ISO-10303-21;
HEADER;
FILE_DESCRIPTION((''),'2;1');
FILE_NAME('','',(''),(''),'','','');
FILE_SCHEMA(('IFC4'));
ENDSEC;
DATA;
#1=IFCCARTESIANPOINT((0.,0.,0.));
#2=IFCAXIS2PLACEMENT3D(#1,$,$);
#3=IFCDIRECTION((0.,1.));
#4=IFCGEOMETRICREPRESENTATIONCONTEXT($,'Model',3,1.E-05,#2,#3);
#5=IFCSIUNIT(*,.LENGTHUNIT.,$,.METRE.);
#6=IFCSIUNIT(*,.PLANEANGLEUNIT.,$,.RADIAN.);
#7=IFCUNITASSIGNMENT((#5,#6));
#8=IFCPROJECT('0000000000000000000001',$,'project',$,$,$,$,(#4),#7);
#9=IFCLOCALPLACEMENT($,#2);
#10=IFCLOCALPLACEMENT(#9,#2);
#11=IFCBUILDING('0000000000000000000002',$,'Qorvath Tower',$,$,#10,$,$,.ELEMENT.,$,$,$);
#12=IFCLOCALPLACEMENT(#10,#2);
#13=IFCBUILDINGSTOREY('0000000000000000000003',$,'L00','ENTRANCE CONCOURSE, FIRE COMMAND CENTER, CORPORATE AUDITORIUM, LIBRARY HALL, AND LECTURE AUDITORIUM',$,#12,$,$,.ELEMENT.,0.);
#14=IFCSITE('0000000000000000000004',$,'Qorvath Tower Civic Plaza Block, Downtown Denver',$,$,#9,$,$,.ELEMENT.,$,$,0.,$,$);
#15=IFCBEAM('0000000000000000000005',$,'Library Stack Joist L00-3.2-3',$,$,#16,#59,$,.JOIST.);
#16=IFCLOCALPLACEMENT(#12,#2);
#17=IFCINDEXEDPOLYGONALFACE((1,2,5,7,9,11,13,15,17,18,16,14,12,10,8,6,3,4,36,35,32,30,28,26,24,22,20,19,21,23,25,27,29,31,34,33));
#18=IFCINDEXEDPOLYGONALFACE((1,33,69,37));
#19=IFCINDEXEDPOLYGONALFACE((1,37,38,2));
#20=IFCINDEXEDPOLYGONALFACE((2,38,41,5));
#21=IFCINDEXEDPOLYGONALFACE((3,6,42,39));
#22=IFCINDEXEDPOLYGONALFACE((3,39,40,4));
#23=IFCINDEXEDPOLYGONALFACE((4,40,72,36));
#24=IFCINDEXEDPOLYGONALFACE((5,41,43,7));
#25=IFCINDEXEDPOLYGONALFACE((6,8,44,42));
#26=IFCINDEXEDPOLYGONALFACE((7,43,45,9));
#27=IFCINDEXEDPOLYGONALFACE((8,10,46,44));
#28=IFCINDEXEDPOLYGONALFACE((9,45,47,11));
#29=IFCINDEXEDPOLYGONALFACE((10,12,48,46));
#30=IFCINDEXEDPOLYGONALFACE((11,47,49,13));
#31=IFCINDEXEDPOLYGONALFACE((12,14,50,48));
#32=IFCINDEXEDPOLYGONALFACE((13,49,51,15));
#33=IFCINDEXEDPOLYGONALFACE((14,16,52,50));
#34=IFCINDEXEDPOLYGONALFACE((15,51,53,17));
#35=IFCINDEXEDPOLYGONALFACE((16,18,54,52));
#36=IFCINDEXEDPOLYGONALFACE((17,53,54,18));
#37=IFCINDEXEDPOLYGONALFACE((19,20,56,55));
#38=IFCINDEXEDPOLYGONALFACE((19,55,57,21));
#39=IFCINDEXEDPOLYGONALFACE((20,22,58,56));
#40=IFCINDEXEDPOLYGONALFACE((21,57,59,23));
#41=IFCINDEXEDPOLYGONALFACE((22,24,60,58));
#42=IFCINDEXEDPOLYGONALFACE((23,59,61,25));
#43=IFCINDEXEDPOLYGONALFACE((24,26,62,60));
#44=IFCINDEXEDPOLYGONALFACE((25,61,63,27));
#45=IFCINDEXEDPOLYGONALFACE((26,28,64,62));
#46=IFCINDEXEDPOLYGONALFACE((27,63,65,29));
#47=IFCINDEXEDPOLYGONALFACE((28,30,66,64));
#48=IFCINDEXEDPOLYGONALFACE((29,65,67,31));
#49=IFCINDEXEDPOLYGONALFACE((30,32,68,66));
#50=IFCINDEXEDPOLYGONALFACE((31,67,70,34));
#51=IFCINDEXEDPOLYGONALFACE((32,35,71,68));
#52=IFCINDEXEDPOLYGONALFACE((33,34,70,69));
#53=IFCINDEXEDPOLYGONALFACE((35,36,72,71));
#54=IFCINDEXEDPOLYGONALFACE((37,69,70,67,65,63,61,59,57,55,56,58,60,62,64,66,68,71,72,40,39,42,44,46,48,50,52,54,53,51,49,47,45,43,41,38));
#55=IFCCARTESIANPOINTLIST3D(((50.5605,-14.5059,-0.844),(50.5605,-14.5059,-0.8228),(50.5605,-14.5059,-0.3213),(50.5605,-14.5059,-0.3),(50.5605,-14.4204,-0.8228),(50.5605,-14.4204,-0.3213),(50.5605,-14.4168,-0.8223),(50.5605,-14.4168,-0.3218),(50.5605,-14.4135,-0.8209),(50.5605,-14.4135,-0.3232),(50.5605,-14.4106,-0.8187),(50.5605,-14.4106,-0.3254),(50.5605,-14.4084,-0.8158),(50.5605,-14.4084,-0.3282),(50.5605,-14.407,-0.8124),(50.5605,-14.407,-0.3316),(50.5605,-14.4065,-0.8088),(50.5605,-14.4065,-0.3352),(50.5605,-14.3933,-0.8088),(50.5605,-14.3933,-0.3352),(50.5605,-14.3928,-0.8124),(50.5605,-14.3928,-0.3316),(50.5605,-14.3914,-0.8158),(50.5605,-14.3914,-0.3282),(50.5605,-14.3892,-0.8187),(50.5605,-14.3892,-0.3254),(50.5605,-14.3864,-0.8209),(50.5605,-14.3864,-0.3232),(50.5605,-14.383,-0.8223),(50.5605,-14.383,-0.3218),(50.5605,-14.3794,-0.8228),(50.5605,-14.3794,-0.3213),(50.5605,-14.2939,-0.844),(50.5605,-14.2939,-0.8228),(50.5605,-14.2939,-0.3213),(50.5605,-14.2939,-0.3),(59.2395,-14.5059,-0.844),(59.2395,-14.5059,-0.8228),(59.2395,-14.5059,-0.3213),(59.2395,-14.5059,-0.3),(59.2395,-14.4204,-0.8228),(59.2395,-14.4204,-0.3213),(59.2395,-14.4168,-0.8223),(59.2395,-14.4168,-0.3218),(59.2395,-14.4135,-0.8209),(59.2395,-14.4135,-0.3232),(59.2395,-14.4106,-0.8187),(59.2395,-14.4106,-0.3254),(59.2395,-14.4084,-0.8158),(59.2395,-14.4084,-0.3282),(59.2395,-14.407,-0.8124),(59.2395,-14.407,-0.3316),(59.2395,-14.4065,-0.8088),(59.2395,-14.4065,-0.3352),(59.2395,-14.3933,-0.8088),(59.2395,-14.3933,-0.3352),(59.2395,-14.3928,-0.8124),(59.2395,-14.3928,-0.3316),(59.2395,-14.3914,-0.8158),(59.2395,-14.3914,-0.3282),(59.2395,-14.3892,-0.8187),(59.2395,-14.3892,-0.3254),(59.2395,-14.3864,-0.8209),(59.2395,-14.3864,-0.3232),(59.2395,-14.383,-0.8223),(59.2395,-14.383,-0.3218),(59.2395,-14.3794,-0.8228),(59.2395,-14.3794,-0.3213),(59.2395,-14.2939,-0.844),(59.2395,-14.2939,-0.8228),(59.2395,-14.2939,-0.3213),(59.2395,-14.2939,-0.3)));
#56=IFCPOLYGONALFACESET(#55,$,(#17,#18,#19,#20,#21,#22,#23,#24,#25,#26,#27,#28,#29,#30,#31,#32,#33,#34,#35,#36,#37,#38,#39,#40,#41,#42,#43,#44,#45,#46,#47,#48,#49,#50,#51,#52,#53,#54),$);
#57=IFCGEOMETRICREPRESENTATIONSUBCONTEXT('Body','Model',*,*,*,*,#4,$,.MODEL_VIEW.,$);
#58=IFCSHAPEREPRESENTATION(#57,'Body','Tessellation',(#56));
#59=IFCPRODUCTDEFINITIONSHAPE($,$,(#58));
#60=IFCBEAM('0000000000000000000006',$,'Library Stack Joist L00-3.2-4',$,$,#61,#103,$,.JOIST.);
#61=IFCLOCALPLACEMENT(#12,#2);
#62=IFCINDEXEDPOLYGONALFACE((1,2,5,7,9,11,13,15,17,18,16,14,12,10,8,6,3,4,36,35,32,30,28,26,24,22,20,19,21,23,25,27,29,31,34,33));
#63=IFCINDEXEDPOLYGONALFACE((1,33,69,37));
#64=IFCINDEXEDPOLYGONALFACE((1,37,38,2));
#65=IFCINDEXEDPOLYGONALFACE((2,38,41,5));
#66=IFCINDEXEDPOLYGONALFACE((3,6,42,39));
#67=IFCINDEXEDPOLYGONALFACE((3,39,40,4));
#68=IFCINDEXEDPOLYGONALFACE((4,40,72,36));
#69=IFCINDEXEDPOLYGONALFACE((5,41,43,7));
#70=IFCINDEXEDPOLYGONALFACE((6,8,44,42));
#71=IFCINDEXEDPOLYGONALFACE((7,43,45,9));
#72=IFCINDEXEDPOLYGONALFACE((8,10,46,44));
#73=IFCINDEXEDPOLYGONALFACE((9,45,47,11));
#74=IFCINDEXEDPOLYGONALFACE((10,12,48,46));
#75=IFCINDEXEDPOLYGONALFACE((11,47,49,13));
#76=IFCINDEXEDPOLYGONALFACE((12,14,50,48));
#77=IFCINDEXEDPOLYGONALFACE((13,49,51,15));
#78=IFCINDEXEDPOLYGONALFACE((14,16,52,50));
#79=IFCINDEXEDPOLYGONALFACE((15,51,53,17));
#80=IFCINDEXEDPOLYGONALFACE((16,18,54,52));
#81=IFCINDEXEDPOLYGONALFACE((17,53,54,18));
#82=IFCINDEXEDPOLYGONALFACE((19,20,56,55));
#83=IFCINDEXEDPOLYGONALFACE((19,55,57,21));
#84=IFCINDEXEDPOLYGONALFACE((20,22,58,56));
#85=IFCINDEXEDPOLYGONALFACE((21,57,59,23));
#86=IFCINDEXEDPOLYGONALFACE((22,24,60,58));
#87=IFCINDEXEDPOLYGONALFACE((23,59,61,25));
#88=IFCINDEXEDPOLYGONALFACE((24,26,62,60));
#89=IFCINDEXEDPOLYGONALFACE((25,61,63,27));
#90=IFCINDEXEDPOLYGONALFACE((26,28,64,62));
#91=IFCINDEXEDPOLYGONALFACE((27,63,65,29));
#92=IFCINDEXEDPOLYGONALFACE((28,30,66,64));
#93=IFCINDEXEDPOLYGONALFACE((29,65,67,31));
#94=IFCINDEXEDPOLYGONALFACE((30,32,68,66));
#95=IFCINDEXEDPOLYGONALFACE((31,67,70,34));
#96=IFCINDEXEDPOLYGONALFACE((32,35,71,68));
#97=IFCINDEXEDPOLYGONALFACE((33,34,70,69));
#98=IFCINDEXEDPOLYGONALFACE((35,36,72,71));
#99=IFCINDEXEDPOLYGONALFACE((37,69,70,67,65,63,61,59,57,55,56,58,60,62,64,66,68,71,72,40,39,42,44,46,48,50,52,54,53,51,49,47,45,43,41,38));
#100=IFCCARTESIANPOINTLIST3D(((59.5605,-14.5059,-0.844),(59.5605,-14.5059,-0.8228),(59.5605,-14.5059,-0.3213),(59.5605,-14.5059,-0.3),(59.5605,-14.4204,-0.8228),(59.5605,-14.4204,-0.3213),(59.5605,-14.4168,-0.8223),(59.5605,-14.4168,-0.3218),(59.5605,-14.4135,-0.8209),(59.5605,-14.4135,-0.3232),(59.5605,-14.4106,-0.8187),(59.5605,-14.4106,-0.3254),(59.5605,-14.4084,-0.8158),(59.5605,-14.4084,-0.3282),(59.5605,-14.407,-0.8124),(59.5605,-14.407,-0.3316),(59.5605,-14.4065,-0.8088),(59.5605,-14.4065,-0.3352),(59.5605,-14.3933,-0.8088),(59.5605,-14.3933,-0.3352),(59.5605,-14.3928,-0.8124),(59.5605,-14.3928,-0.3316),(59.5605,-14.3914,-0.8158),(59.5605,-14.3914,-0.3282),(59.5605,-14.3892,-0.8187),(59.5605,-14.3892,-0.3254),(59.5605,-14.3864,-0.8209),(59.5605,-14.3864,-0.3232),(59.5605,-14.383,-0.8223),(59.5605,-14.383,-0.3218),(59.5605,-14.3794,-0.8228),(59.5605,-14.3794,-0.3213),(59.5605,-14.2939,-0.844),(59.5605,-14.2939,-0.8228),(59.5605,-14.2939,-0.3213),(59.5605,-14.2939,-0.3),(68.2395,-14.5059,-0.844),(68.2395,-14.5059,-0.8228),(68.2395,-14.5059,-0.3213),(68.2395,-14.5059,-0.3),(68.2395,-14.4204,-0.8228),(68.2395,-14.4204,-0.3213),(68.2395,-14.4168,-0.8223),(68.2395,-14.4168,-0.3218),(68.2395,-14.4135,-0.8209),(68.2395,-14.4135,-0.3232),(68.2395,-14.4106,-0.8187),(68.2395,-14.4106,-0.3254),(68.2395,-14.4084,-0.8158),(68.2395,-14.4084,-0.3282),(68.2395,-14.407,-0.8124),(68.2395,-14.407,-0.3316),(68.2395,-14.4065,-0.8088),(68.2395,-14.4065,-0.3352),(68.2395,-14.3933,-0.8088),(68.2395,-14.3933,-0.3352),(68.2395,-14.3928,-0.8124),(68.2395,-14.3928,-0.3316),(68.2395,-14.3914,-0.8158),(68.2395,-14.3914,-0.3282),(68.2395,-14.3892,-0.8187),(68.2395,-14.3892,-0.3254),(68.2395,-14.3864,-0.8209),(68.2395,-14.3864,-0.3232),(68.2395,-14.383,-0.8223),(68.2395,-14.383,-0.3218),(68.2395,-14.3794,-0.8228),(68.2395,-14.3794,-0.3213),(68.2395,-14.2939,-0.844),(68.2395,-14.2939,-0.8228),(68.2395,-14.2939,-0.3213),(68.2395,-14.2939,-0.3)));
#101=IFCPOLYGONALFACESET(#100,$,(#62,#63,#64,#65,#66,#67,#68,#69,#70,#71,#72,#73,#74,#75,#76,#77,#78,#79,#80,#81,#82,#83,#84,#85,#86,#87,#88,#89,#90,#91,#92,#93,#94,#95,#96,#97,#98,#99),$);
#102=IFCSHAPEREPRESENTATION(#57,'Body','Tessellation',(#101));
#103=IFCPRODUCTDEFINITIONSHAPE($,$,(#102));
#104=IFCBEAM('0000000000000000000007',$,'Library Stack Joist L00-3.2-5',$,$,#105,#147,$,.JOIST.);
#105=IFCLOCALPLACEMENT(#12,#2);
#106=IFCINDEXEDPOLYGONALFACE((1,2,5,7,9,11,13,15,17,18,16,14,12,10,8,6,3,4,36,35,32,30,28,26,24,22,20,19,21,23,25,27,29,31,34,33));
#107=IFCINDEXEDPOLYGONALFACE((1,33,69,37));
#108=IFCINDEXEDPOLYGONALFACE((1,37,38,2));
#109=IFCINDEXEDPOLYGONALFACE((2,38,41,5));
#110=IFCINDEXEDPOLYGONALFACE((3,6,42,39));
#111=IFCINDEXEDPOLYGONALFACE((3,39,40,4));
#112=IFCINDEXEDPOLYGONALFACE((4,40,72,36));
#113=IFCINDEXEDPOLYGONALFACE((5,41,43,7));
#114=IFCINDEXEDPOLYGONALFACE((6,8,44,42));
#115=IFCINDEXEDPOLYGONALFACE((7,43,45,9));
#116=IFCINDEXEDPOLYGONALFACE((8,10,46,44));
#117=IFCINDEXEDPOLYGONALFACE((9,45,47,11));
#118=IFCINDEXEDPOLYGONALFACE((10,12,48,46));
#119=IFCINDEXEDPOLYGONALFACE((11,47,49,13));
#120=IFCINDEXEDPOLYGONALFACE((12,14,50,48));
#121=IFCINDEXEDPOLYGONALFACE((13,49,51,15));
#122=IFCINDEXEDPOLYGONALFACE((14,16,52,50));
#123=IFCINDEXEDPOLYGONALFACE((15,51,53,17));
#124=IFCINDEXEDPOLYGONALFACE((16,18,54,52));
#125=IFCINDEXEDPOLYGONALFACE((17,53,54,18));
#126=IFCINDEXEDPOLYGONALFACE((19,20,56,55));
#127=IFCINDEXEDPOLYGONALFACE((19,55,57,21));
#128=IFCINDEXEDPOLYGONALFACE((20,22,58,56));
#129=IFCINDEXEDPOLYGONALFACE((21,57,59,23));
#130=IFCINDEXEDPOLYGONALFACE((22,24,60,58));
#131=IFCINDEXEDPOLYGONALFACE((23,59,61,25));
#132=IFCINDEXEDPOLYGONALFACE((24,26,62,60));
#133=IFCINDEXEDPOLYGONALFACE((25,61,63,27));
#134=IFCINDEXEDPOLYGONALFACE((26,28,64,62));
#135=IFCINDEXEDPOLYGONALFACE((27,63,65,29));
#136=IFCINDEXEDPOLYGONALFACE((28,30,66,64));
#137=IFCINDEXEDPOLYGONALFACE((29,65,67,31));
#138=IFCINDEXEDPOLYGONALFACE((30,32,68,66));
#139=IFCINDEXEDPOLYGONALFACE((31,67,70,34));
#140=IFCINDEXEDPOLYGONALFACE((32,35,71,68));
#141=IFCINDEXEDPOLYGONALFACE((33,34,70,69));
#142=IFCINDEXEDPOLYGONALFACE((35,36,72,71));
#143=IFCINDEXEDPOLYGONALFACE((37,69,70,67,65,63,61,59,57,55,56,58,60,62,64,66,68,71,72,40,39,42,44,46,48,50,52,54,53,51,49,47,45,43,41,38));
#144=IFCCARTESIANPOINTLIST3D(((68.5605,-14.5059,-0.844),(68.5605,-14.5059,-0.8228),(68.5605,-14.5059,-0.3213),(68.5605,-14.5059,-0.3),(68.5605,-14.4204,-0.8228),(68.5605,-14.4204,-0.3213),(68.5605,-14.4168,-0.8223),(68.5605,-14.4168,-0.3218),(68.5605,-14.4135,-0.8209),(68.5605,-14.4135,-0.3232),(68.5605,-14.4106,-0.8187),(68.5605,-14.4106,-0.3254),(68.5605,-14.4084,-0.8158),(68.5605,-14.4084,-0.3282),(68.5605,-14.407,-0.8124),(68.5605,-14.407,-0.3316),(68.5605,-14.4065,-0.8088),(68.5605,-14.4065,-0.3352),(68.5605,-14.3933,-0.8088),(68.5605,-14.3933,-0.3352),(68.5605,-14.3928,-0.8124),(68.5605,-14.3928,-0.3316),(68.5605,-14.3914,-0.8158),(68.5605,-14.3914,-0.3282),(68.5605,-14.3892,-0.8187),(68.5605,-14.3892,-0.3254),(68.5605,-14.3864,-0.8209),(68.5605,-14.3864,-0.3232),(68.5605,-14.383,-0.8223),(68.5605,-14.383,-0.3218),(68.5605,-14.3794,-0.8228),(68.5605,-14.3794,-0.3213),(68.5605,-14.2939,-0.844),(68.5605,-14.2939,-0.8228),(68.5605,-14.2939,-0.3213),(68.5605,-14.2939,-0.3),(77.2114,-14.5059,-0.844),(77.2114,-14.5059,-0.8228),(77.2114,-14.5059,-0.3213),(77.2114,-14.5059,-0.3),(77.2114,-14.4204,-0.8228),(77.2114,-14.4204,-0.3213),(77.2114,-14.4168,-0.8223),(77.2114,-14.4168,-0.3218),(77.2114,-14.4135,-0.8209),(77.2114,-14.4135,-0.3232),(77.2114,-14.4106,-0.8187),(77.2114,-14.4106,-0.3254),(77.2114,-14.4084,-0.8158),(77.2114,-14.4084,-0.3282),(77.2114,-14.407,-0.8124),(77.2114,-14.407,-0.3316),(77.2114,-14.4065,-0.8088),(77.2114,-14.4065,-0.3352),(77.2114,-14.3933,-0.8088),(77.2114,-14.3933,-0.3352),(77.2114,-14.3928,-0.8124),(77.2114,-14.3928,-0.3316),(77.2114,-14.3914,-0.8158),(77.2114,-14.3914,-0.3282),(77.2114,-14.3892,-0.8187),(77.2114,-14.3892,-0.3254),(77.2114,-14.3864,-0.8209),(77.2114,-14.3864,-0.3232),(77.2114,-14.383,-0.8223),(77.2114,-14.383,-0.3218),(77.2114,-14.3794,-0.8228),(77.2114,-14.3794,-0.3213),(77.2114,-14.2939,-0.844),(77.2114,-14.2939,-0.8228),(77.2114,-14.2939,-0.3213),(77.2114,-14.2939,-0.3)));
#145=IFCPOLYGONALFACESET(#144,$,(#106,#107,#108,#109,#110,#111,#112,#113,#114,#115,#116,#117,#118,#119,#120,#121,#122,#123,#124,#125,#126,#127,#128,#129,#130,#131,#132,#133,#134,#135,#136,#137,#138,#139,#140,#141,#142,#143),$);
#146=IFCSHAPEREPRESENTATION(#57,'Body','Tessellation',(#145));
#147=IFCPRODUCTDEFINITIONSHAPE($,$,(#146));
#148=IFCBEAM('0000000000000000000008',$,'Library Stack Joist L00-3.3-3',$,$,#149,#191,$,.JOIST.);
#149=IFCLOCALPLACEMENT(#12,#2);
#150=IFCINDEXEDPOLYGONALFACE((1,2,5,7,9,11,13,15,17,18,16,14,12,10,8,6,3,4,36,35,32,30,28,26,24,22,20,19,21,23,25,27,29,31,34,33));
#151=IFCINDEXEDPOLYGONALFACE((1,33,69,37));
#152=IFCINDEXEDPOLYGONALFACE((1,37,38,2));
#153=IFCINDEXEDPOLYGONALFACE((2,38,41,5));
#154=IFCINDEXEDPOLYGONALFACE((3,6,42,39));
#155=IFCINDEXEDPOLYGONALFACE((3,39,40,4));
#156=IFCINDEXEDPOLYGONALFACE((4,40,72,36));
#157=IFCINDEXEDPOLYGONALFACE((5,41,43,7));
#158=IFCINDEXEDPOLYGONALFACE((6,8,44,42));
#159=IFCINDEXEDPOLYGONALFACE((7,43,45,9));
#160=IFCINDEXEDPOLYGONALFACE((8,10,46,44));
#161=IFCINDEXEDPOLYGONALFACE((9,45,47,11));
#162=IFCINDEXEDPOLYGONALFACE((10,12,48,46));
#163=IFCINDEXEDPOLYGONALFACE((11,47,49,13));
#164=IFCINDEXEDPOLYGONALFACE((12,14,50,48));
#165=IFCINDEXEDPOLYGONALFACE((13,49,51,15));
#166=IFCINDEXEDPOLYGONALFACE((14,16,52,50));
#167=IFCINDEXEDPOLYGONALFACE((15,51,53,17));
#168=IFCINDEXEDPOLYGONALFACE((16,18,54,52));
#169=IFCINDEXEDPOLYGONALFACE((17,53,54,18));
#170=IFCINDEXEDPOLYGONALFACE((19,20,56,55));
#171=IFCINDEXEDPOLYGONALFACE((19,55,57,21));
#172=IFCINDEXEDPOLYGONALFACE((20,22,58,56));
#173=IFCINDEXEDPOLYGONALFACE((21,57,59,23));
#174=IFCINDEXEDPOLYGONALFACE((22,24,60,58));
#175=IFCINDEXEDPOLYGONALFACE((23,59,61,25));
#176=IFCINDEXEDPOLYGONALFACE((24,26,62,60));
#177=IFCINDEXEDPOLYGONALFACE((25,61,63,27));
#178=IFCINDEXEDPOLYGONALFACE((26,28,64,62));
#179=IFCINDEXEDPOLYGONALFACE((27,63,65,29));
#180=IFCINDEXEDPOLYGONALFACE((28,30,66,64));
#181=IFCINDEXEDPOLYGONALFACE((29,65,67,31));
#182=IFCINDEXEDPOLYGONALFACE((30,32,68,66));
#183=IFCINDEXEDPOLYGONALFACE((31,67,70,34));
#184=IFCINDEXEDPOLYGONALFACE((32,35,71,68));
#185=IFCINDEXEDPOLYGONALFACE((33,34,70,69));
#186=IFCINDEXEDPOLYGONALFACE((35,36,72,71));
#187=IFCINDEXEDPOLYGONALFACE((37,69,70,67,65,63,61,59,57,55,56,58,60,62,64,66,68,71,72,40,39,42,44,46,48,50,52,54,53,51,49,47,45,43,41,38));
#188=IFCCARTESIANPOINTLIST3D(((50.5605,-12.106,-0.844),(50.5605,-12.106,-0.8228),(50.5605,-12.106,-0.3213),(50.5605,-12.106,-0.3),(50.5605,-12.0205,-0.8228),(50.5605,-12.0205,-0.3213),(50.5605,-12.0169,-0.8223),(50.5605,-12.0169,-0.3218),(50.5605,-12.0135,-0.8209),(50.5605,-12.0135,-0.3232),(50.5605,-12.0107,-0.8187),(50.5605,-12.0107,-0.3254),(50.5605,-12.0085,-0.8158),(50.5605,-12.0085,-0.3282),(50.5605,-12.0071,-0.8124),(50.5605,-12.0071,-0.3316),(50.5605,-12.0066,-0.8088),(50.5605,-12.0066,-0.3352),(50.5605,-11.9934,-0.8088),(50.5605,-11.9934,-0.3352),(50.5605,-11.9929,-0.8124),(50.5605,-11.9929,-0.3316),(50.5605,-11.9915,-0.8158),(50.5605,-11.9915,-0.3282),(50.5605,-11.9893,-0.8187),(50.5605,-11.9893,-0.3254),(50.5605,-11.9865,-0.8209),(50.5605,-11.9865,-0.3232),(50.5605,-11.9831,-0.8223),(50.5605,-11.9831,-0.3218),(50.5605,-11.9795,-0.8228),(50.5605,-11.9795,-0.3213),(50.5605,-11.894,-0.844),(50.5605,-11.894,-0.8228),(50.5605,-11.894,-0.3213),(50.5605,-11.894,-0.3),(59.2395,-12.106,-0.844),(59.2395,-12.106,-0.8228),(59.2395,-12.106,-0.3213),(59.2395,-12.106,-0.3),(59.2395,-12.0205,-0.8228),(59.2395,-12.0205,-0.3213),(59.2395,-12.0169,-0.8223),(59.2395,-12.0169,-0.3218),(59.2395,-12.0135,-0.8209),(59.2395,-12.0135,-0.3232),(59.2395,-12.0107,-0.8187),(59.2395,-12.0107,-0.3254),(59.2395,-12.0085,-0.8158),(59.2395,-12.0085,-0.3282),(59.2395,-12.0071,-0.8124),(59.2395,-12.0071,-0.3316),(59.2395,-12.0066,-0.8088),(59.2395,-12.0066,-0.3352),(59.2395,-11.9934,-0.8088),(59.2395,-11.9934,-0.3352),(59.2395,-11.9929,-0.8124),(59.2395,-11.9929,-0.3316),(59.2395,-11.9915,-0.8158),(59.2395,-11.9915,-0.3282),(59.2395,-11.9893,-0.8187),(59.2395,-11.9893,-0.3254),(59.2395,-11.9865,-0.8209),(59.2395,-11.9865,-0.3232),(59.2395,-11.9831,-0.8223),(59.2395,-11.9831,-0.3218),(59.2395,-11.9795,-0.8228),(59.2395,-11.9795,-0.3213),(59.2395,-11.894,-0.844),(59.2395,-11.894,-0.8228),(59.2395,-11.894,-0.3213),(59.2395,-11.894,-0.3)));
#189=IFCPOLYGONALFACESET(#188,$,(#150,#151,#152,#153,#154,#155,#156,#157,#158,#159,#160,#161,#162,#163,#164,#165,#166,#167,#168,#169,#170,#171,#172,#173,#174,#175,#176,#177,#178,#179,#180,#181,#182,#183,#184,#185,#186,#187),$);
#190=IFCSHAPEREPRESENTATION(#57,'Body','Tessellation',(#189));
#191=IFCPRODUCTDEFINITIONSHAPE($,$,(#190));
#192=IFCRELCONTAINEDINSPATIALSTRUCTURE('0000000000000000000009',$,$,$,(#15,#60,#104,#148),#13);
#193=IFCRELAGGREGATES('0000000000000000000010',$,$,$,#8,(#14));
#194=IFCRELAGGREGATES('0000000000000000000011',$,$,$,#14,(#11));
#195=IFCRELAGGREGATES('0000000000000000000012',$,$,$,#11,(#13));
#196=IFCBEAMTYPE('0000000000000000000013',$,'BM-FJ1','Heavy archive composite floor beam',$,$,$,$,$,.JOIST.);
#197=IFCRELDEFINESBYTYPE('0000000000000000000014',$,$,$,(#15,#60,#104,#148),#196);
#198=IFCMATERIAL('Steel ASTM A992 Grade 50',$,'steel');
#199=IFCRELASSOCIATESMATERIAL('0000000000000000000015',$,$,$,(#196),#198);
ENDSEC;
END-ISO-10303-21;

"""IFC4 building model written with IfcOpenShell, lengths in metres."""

from ifc_helpers import new_model, si_unit, direction, frame, origin, origin_2d, place, context, subcontext, project, spatial, i_section, extrude, material, material_profile, profile_set, type_object, element, save


model = new_model("IFC4")

# Units and contexts
model_context = context("Model", 3, precision=1e-05, world=origin(), true_north=direction((0.0, 1.0)))
body_context = subcontext(model_context, "Body", "Model", "MODEL_VIEW")
ifc_project = project(units=[si_unit("LENGTHUNIT", "METRE"), si_unit("PLANEANGLEUNIT", "RADIAN")], contexts=[model_context])

# Site, building, storey
site_placement = place(None, origin())
site = spatial("IfcSite", under=ifc_project, at=site_placement, Name="Qorvath Tower Civic Plaza Block, Downtown Denver", CompositionType="ELEMENT", RefElevation=0.0)
building_placement = place(site_placement, origin())
building = spatial("IfcBuilding", under=site, at=building_placement, Name="Qorvath Tower", CompositionType="ELEMENT")
storey_placement = place(building_placement, origin())
storey = spatial("IfcBuildingStorey", under=building, at=storey_placement, Name="L00", Description="ENTRANCE CONCOURSE, FIRE COMMAND CENTER, CORPORATE AUDITORIUM, LIBRARY HALL, AND LECTURE AUDITORIUM", CompositionType="ELEMENT", Elevation=0.0)

# Beams
ifc_material_1 = material(Name="Steel ASTM A992 Grade 50", Category="steel")
ifc_material_profile_1 = material_profile(ifc_material_1, i_section(OverallWidth=0.2119, OverallDepth=0.5439, WebThickness=0.0132, FlangeThickness=0.0212, FilletRadius=0.0139, at=origin_2d()), Name="W21x83")
ifc_profile_set_1 = profile_set([ifc_material_profile_1], Name="Steel ASTM A992 Grade 50")
beam_type_1 = type_object("IfcBeamType", Name="BM-FJ1", Description="Heavy archive composite floor beam", PredefinedType="JOIST", material=ifc_profile_set_1)
for number, where, z_axis, x_axis, name in (
    (1, (50.5605, -14.3999, -0.572), (1.0, 0.0, 0.0), (0.0, 1.0, 0.0), "Library Stack Joist L00-3.2-3"),
    (2, (59.5605, -14.3999, -0.572), (1.0, 0.0, 0.0), (0.0, 1.0, 0.0), "Library Stack Joist L00-3.2-4"),
):
    element("IfcBeam", number, at=place(storey_placement, frame(where, z_axis=z_axis, x_axis=x_axis)), inside=storey, type_object=beam_type_1, Name=name, PredefinedType="JOIST", context=body_context, shape_type="SweptSolid", body=[
        extrude(i_section(OverallWidth=0.2119, OverallDepth=0.5439, WebThickness=0.0132, FlangeThickness=0.0212, FilletRadius=0.0139, at=origin_2d()), origin(), (0.0, 0.0, 1.0), 8.679),
    ])
beam_1_placement = place(storey_placement, frame((68.5605, -14.3999, -0.572), z_axis=(1.0, 0.0, 0.0), x_axis=(0.0, 1.0, 0.0)))
element("IfcBeam", 3, at=beam_1_placement, inside=storey, type_object=beam_type_1, Name="Library Stack Joist L00-3.2-5", PredefinedType="JOIST", context=body_context, shape_type="SweptSolid", body=[
    extrude(i_section(OverallWidth=0.2119, OverallDepth=0.5439, WebThickness=0.0132, FlangeThickness=0.0212, FilletRadius=0.0139, at=origin_2d()), origin(), (0.0, 0.0, 1.0), 8.6509),
])
for number, where, z_axis, x_axis, name in (
    (4, (50.5605, -12.0, -0.572), (1.0, 0.0, 0.0), (0.0, 1.0, 0.0), "Library Stack Joist L00-3.3-3"),
):
    element("IfcBeam", number, at=place(storey_placement, frame(where, z_axis=z_axis, x_axis=x_axis)), inside=storey, type_object=beam_type_1, Name=name, PredefinedType="JOIST", context=body_context, shape_type="SweptSolid", body=[
        extrude(i_section(OverallWidth=0.2119, OverallDepth=0.5439, WebThickness=0.0132, FlangeThickness=0.0212, FilletRadius=0.0139, at=origin_2d()), origin(), (0.0, 0.0, 1.0), 8.679),
    ])

save(model, "model.ifc")
